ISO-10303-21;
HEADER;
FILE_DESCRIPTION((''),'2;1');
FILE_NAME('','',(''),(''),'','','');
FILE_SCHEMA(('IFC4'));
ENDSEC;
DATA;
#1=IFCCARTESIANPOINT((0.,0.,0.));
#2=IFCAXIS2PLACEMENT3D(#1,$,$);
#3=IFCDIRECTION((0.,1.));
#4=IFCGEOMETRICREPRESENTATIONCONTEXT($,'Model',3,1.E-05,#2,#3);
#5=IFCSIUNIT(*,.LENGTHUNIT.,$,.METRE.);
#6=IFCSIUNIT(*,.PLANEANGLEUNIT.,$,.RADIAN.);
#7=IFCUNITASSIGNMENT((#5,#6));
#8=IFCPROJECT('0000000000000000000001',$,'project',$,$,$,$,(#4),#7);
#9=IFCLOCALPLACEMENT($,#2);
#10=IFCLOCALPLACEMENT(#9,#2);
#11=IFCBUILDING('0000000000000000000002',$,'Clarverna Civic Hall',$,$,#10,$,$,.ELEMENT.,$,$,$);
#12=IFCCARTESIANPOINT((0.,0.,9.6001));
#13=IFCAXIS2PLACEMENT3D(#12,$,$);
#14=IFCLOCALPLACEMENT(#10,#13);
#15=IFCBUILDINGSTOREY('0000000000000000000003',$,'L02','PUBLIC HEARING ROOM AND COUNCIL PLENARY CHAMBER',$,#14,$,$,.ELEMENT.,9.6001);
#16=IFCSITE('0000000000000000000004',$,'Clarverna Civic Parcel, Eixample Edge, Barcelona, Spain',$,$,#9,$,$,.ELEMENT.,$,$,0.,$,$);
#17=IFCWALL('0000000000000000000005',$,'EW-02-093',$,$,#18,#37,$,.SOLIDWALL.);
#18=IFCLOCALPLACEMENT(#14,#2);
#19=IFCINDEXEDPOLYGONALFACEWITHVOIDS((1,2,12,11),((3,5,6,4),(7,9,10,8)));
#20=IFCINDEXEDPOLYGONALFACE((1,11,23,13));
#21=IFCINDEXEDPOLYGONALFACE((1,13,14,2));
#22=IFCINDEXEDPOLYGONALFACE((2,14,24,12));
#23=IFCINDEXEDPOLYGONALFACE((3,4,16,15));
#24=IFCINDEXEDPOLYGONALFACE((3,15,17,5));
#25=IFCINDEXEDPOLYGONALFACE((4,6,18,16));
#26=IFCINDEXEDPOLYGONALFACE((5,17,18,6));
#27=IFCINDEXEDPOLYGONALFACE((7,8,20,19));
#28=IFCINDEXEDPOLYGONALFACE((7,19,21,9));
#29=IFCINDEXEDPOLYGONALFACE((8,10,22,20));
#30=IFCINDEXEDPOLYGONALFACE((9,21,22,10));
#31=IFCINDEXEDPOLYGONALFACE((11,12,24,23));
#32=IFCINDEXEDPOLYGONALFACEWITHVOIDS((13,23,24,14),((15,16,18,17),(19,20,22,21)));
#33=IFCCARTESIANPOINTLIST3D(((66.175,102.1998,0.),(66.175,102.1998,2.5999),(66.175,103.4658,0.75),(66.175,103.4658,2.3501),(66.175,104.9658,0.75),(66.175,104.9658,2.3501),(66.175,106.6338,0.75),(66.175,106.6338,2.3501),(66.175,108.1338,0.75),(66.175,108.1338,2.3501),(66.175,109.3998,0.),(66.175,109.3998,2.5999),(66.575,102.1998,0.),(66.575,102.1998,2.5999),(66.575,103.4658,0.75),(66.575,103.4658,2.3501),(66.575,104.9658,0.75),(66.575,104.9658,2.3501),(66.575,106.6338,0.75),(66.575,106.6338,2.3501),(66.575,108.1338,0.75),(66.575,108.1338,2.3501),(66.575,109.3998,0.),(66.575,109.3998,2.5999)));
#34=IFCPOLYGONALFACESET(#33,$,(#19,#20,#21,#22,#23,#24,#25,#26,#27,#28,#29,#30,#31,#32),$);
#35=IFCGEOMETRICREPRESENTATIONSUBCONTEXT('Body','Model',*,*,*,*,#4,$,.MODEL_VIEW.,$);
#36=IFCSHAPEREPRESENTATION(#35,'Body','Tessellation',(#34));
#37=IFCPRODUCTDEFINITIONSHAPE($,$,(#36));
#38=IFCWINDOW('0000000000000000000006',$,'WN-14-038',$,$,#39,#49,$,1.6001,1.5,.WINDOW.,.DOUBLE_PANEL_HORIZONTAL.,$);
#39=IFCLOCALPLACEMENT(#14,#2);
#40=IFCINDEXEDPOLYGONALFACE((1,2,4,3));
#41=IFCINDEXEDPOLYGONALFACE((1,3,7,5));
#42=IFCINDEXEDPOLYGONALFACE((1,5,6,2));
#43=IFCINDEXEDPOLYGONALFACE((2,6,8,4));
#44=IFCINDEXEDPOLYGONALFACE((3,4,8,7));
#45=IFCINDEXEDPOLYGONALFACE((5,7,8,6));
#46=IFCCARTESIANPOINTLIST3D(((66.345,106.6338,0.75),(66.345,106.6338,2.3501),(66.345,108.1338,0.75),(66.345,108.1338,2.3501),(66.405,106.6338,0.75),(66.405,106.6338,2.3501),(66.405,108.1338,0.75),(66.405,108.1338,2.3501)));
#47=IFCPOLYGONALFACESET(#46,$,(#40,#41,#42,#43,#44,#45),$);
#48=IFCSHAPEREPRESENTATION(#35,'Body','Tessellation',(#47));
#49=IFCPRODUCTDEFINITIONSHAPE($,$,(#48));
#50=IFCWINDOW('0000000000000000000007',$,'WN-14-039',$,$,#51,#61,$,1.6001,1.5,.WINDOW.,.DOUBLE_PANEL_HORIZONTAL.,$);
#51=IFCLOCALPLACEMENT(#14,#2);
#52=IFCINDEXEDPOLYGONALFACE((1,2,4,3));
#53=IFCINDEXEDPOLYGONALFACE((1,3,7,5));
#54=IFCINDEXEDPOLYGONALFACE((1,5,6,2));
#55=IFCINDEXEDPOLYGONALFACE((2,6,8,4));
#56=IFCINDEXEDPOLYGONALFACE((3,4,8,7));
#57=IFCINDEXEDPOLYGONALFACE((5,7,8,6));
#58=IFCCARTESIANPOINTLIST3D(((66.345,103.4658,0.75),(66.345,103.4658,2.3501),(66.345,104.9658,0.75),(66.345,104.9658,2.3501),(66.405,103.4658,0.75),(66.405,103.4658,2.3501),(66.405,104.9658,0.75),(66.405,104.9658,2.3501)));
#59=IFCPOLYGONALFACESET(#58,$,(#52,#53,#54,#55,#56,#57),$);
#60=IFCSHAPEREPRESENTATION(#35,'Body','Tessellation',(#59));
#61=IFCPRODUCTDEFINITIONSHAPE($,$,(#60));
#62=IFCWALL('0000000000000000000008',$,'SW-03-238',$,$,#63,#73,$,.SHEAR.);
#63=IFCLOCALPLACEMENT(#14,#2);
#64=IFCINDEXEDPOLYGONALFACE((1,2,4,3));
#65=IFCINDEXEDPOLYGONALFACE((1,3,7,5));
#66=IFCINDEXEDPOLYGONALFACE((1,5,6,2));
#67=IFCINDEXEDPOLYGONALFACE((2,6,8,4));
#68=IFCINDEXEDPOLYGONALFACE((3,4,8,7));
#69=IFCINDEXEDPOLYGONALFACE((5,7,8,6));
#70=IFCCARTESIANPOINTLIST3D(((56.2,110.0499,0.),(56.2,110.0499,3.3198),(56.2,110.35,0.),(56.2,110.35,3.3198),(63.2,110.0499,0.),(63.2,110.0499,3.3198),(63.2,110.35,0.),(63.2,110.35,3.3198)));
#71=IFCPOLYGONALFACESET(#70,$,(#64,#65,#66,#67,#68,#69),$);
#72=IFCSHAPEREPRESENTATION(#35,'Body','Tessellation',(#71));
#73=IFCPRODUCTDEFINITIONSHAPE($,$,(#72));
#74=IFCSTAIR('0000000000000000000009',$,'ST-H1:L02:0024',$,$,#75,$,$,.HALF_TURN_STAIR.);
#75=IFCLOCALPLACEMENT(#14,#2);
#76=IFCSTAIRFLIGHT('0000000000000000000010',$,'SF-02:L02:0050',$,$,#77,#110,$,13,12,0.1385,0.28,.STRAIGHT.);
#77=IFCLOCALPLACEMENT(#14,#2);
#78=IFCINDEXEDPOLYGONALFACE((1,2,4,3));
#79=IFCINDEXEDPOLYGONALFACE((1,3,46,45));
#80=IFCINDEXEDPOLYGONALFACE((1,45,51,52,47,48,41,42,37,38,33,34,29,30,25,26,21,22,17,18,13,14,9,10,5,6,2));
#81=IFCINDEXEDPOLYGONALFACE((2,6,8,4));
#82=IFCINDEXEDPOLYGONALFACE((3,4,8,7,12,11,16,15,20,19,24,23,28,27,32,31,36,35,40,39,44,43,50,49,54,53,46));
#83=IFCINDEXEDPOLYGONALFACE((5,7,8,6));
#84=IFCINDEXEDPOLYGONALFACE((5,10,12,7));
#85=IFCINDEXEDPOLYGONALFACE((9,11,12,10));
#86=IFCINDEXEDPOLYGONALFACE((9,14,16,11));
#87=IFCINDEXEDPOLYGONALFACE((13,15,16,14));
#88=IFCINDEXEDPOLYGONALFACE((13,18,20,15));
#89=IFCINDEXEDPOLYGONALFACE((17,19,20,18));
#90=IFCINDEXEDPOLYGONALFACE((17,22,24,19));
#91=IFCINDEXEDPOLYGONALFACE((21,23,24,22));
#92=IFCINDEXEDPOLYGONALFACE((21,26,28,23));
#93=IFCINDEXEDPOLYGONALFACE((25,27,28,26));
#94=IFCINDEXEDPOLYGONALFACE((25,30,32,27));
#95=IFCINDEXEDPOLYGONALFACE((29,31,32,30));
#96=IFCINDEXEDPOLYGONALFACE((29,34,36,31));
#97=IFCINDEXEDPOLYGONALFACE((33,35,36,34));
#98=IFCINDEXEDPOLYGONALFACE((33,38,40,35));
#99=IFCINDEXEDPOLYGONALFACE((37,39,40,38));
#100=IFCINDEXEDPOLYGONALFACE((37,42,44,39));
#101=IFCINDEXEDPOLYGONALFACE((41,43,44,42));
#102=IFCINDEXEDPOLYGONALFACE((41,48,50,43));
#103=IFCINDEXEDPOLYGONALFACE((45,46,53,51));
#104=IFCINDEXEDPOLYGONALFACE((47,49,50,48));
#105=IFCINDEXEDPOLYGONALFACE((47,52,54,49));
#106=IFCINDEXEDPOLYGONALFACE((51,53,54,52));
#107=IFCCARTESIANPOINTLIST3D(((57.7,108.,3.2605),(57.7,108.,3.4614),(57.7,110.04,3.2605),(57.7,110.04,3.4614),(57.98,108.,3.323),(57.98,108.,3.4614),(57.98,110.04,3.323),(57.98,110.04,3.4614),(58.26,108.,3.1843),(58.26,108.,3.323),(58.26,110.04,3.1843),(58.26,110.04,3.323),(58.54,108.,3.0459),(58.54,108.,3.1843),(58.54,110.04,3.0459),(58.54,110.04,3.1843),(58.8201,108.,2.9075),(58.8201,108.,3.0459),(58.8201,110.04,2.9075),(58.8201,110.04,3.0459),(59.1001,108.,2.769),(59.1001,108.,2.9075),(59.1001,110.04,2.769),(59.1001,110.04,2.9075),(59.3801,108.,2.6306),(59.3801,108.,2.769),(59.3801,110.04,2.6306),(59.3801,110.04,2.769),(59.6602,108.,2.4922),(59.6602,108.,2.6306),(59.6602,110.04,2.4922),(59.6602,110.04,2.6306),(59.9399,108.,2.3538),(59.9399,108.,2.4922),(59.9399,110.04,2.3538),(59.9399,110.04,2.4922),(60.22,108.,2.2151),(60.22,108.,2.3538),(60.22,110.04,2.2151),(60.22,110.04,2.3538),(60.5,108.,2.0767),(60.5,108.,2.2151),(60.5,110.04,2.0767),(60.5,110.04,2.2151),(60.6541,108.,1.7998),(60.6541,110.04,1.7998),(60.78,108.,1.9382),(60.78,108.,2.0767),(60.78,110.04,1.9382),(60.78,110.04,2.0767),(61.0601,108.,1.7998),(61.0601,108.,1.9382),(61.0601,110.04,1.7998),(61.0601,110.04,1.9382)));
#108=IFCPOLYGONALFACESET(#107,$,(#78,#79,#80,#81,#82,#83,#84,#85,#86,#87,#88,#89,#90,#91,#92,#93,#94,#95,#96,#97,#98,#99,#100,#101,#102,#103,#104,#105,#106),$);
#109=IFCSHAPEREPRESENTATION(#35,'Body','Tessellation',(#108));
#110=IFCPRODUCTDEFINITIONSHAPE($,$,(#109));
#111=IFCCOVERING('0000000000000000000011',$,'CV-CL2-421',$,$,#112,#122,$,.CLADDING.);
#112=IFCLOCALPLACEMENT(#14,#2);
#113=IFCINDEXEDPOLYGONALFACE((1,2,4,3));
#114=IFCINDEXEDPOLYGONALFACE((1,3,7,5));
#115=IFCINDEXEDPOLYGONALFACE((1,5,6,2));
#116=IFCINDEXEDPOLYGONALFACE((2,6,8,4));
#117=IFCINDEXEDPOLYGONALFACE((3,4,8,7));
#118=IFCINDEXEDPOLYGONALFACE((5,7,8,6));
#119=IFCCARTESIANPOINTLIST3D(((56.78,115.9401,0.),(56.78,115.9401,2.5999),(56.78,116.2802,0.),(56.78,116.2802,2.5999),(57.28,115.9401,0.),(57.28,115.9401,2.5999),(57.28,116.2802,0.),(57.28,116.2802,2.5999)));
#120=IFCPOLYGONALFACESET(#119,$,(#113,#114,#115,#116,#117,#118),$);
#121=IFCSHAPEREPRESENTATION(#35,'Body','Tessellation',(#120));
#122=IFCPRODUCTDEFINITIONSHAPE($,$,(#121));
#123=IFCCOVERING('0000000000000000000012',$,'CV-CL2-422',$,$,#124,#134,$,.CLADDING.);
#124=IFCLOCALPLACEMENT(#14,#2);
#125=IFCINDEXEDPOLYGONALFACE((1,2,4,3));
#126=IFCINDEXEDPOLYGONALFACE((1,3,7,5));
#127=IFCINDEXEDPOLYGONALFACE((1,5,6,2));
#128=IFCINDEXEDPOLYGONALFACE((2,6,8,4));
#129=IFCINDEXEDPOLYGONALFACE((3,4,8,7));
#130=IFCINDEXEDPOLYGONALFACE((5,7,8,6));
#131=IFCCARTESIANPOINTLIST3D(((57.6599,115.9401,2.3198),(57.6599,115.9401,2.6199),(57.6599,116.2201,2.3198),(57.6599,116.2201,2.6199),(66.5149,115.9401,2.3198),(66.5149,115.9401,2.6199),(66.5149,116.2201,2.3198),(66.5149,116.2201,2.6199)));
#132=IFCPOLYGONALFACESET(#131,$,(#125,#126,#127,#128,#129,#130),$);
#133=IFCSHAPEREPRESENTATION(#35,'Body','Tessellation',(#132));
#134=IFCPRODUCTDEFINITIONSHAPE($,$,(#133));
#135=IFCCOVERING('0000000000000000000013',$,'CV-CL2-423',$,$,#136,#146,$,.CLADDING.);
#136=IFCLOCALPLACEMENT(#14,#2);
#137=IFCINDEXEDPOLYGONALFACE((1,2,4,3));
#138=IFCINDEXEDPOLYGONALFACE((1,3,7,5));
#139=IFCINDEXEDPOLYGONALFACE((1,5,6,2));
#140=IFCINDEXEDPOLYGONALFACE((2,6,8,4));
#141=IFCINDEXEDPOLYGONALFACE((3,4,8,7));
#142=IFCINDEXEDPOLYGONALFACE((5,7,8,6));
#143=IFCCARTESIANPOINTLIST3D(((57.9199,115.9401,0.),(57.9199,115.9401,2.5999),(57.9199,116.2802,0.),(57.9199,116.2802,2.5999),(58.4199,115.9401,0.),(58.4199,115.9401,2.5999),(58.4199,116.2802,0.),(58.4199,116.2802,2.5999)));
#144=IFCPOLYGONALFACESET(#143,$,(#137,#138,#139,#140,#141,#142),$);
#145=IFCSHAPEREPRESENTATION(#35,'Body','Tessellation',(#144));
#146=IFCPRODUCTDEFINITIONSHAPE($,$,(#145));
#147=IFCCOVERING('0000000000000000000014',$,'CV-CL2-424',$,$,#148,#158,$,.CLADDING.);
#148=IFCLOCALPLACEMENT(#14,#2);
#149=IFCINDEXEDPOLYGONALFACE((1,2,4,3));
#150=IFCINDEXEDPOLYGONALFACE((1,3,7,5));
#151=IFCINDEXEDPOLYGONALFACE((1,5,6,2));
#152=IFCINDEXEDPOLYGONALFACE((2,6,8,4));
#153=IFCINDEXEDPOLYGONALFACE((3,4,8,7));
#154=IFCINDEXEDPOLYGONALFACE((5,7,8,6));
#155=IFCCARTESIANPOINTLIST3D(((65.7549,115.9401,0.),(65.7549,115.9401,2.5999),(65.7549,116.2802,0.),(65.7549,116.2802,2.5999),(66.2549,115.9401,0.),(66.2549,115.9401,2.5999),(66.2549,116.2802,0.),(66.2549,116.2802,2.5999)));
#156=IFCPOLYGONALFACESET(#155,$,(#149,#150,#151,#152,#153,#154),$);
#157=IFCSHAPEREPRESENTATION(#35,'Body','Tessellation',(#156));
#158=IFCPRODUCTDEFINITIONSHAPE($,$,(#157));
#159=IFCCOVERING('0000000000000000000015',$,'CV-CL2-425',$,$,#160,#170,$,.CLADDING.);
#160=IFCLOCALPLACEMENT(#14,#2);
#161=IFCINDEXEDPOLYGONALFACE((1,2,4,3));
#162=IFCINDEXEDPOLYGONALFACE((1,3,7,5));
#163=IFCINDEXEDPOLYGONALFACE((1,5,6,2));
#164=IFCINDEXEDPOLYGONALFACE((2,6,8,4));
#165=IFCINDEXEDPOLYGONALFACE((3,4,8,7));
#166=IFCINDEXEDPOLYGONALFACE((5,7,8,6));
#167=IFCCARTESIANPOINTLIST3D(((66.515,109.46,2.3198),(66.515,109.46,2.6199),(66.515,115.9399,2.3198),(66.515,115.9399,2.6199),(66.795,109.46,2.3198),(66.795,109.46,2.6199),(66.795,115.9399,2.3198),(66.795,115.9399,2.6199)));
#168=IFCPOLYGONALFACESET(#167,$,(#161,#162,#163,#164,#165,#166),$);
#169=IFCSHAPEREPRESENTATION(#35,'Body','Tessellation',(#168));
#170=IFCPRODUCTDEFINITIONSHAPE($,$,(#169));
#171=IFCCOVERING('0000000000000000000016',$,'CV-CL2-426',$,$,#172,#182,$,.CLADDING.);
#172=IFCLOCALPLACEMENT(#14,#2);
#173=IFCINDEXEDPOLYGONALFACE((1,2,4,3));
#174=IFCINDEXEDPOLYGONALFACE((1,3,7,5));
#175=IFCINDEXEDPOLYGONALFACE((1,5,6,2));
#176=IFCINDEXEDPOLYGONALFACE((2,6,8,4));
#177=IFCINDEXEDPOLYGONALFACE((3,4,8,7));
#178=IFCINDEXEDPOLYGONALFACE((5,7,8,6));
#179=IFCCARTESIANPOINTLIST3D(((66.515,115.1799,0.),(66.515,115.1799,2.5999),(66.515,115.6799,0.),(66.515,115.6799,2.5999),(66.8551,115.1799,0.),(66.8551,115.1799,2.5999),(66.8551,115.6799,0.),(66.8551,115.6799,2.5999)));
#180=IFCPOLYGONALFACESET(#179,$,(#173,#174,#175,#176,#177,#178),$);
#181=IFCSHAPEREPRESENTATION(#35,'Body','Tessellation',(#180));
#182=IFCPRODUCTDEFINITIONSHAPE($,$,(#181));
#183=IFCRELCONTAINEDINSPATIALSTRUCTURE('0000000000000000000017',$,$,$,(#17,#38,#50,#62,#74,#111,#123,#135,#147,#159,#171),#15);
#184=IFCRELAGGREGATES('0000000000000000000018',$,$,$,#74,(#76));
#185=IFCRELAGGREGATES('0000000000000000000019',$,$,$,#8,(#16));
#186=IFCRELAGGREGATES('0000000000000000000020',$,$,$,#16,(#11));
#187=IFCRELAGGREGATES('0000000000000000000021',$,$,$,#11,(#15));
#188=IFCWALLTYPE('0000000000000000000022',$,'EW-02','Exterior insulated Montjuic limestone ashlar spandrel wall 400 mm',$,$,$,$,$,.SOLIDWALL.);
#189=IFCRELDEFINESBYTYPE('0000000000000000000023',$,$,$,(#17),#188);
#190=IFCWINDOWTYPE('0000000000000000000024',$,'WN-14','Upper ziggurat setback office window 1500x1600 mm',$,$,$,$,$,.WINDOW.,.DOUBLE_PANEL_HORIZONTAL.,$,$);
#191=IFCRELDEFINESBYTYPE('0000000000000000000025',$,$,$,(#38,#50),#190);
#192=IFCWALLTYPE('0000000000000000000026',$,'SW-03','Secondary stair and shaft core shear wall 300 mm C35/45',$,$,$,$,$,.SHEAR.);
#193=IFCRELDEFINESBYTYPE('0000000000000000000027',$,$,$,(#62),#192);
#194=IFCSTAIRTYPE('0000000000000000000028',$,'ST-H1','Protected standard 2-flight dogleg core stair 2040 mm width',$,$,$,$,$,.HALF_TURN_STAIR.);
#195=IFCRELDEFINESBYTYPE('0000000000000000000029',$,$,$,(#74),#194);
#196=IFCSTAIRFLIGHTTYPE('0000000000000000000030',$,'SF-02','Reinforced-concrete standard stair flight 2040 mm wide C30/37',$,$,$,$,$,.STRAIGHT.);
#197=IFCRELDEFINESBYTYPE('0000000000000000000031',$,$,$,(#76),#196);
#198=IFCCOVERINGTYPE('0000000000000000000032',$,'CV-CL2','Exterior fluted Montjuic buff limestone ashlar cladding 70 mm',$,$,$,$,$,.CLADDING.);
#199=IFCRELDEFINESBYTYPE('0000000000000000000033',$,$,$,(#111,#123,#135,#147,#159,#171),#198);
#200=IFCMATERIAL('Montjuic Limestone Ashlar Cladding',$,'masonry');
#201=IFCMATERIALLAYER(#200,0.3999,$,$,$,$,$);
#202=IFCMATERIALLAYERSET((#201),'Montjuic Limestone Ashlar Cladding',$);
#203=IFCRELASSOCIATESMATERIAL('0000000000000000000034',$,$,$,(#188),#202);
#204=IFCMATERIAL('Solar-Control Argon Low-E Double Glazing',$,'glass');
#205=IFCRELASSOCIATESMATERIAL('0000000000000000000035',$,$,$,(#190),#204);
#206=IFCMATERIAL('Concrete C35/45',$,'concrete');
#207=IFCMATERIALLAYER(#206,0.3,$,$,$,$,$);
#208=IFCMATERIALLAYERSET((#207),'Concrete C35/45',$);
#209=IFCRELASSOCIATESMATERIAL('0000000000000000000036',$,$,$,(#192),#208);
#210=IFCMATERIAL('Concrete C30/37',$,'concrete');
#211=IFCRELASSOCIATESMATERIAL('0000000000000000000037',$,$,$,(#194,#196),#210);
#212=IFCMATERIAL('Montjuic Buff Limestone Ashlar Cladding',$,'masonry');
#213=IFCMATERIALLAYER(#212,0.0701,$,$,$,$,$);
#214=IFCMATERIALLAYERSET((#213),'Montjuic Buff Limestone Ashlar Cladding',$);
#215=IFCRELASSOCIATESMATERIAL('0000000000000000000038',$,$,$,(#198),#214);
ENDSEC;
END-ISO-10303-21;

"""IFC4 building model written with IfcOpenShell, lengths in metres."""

from ifc_helpers import new_model, si_unit, direction, frame, frame_2d, origin, place, context, subcontext, project, spatial, polyline, rectangle, outline, extrude, material, layer, layer_set, type_object, element, fill, aggregate, save


model = new_model("IFC4")

# Units and contexts
model_context = context("Model", 3, precision=1e-05, world=origin(), true_north=direction((0.0, 1.0)))
body_context = subcontext(model_context, "Body", "Model", "MODEL_VIEW")
ifc_project = project(units=[si_unit("LENGTHUNIT", "METRE"), si_unit("PLANEANGLEUNIT", "RADIAN")], contexts=[model_context])

# Site, building, storey
site_placement = place(None, origin())
site = spatial("IfcSite", under=ifc_project, at=site_placement, Name="Clarverna Civic Parcel, Eixample Edge, Barcelona, Spain", CompositionType="ELEMENT", RefElevation=0.0)
building_placement = place(site_placement, origin())
building = spatial("IfcBuilding", under=site, at=building_placement, Name="Clarverna Civic Hall", CompositionType="ELEMENT")
storey_placement = place(building_placement, frame((0.0, 0.0, 9.6001)))
storey = spatial("IfcBuildingStorey", under=building, at=storey_placement, Name="L02", Description="PUBLIC HEARING ROOM AND COUNCIL PLENARY CHAMBER", CompositionType="ELEMENT", Elevation=9.6001)

# Shared definitions
ifc_material_1 = material(Name="Concrete C35/45", Category="concrete")

# Wall, openings, windows
ifc_material_2 = material(Name="Montjuic Limestone Ashlar Cladding", Category="masonry")
ifc_layer_1 = layer(ifc_material_2, 0.3999)
ifc_layer_set_1 = layer_set([ifc_layer_1], Name="Montjuic Limestone Ashlar Cladding")
wall_type_1 = type_object("IfcWallType", Name="EW-02", Description="Exterior insulated Montjuic limestone ashlar spandrel wall 400 mm", PredefinedType="SOLIDWALL", material=ifc_layer_set_1)
ifc_material_3 = material(Name="Solar-Control Argon Low-E Double Glazing", Category="glass")
window_type = type_object("IfcWindowType", Name="WN-14", Description="Upper ziggurat setback office window 1500x1600 mm", PartitioningType="DOUBLE_PANEL_HORIZONTAL", PredefinedType="WINDOW", material=ifc_material_3)
wall_1_placement = place(storey_placement, frame((66.375, 109.3999, 0.0), z_axis=(0.0, 0.0, 1.0), x_axis=(0.0, -1.0, 0.0)))
wall_1 = element("IfcWall", 1, at=wall_1_placement, inside=storey, type_object=wall_type_1, Name="EW-02-093", PredefinedType="SOLIDWALL", context=body_context, shape_type="SweptSolid", body=[
    extrude(rectangle(XDim=7.2, YDim=0.3999, at=frame_2d((3.6001, 0.0))), origin(), (0.0, 0.0, 1.0), 2.5999),
])
opening_1_placement = place(wall_1_placement, frame((1.2661, 0.0, 0.75)))
opening_1 = element("IfcOpeningElement", 2, at=opening_1_placement, cuts=wall_1, PredefinedType="OPENING", context=body_context, shape_type="SweptSolid", body=[
    extrude(rectangle(XDim=1.5, YDim=1.6001, at=frame_2d((0.75, 0.8))), frame((0.0, 0.21, 0.0), z_axis=(0.0, -1.0, 0.0), x_axis=(1.0, 0.0, 0.0)), (0.0, 0.0, 1.0), 0.4199),
])
opening_2_placement = place(wall_1_placement, frame((4.4341, 0.0, 0.75)))
opening_2 = element("IfcOpeningElement", 3, at=opening_2_placement, cuts=wall_1, PredefinedType="OPENING", context=body_context, shape_type="SweptSolid", body=[
    extrude(rectangle(XDim=1.5, YDim=1.6001, at=frame_2d((0.75, 0.8))), frame((0.0, 0.21, 0.0), z_axis=(0.0, -1.0, 0.0), x_axis=(1.0, 0.0, 0.0)), (0.0, 0.0, 1.0), 0.4199),
])
window_1_placement = place(opening_1_placement, origin())
window_1 = element("IfcWindow", 4, at=window_1_placement, inside=storey, type_object=window_type, Name="WN-14-038", OverallHeight=1.6001, OverallWidth=1.5, PartitioningType="DOUBLE_PANEL_HORIZONTAL", PredefinedType="WINDOW", context=body_context, shape_type="SweptSolid", body=[
    extrude(rectangle(XDim=1.5, YDim=1.6001, at=frame_2d((0.75, 0.8))), frame((0.0, 0.03, 0.0), z_axis=(0.0, -1.0, 0.0), x_axis=(1.0, 0.0, 0.0)), (0.0, 0.0, 1.0), 0.0601),
])
fill(opening_1, window_1)
window_2_placement = place(opening_2_placement, origin())
window_2 = element("IfcWindow", 5, at=window_2_placement, inside=storey, type_object=window_type, Name="WN-14-039", OverallHeight=1.6001, OverallWidth=1.5, PartitioningType="DOUBLE_PANEL_HORIZONTAL", PredefinedType="WINDOW", context=body_context, shape_type="SweptSolid", body=[
    extrude(rectangle(XDim=1.5, YDim=1.6001, at=frame_2d((0.75, 0.8))), frame((0.0, 0.03, 0.0), z_axis=(0.0, -1.0, 0.0), x_axis=(1.0, 0.0, 0.0)), (0.0, 0.0, 1.0), 0.0601),
])
fill(opening_2, window_2)

# Wall
ifc_layer_2 = layer(ifc_material_1, 0.3)
ifc_layer_set_2 = layer_set([ifc_layer_2], Name="Concrete C35/45")
wall_type_2 = type_object("IfcWallType", Name="SW-03", Description="Secondary stair and shaft core shear wall 300 mm C35/45", PredefinedType="SHEAR", material=ifc_layer_set_2)
wall_2_placement = place(storey_placement, frame((56.2, 110.2, 0.0), z_axis=(0.0, 0.0, 1.0), x_axis=(1.0, 0.0, 0.0)))
element("IfcWall", 6, at=wall_2_placement, inside=storey, type_object=wall_type_2, Name="SW-03-238", PredefinedType="SHEAR", context=body_context, shape_type="SweptSolid", body=[
    extrude(rectangle(XDim=7.0, YDim=0.3, at=frame_2d((3.5, 0.0))), origin(), (0.0, 0.0, 1.0), 3.3198),
])

# Stair, stair flight
ifc_material_4 = material(Name="Concrete C30/37", Category="concrete")
stair_type = type_object("IfcStairType", Name="ST-H1", Description="Protected standard 2-flight dogleg core stair 2040 mm width", PredefinedType="HALF_TURN_STAIR", material=ifc_material_4)
stair_placement = place(storey_placement, origin())
stair = element("IfcStair", 7, at=stair_placement, inside=storey, type_object=stair_type, Name="ST-H1:L02:0024", PredefinedType="HALF_TURN_STAIR")
stair_flight_type = type_object("IfcStairFlightType", Name="SF-02", Description="Reinforced-concrete standard stair flight 2040 mm wide C30/37", PredefinedType="STRAIGHT", material=ifc_material_4)
stair_flight_placement = place(storey_placement, frame((61.0601, 109.02, 1.7998), z_axis=(0.0, 0.0, 1.0), x_axis=(-1.0, 0.0, 0.0)))
stair_flight = element("IfcStairFlight", 8, at=stair_flight_placement, type_object=stair_flight_type, Name="SF-02:L02:0050", NumberOfRisers=13, NumberOfTreads=12, PredefinedType="STRAIGHT", RiserHeight=0.1385, TreadLength=0.28, context=body_context, shape_type="SweptSolid", body=[
    extrude(outline(polyline([(0.0, 0.0), (0.0, 0.1384), (0.28, 0.1384), (0.28, 0.2769), (0.5601, 0.2769), (0.5601, 0.4153), (0.8401, 0.4153), (0.8401, 0.554), (1.1201, 0.554), (1.1201, 0.6924), (1.3999, 0.6924), (1.3999, 0.8308), (1.6799, 0.8308), (1.6799, 0.9692), (1.96, 0.9692), (1.96, 1.1077), (2.24, 1.1077), (2.24, 1.2461), (2.52, 1.2461), (2.52, 1.3845), (2.8, 1.3845), (2.8, 1.5232), (3.0801, 1.5232), (3.0801, 1.6616), (3.3601, 1.6616), (3.3601, 1.8), (3.3601, 1.4607), (0.406, 0.0), (0.0, 0.0)])), frame((0.0, 1.02, 0.0), z_axis=(0.0, -1.0, 0.0), x_axis=(1.0, 0.0, 0.0)), (0.0, 0.0, 1.0), 2.04),
])
aggregate(stair, [stair_flight])

# Coverings
ifc_material_5 = material(Name="Montjuic Buff Limestone Ashlar Cladding", Category="masonry")
ifc_layer_3 = layer(ifc_material_5, 0.0701)
ifc_layer_set_3 = layer_set([ifc_layer_3], Name="Montjuic Buff Limestone Ashlar Cladding")
covering_type = type_object("IfcCoveringType", Name="CV-CL2", Description="Exterior fluted Montjuic buff limestone ashlar cladding 70 mm", PredefinedType="CLADDING", material=ifc_layer_set_3)
covering_1_placement = place(storey_placement, frame((56.78, 116.1101, 0.0), z_axis=(0.0, 0.0, 1.0), x_axis=(1.0, 0.0, 0.0)))
element("IfcCovering", 9, at=covering_1_placement, inside=storey, type_object=covering_type, Name="CV-CL2-421", PredefinedType="CLADDING", context=body_context, shape_type="SweptSolid", body=[
    extrude(rectangle(XDim=0.5, YDim=0.3401, at=frame_2d((0.25, 0.0))), origin(), (0.0, 0.0, 1.0), 2.5999),
])
covering_2_placement = place(storey_placement, frame((57.6599, 116.0801, 2.3198), z_axis=(0.0, 0.0, 1.0), x_axis=(1.0, 0.0, 0.0)))
element("IfcCovering", 10, at=covering_2_placement, inside=storey, type_object=covering_type, Name="CV-CL2-422", PredefinedType="CLADDING", context=body_context, shape_type="SweptSolid", body=[
    extrude(rectangle(XDim=8.855, YDim=0.28, at=frame_2d((4.4275, 0.0))), origin(), (0.0, 0.0, 1.0), 0.3),
])
for number, where, z_axis, x_axis, name in (
    (11, (57.9199, 116.1101, 0.0), (0.0, 0.0, 1.0), (1.0, 0.0, 0.0), "CV-CL2-423"),
    (12, (65.7549, 116.1101, 0.0), (0.0, 0.0, 1.0), (1.0, 0.0, 0.0), "CV-CL2-424"),
):
    element("IfcCovering", number, at=place(storey_placement, frame(where, z_axis=z_axis, x_axis=x_axis)), inside=storey, type_object=covering_type, Name=name, PredefinedType="CLADDING", context=body_context, shape_type="SweptSolid", body=[
        extrude(rectangle(XDim=0.5, YDim=0.3401, at=frame_2d((0.25, 0.0))), origin(), (0.0, 0.0, 1.0), 2.5999),
    ])
covering_3_placement = place(storey_placement, frame((66.655, 115.9399, 2.3198), z_axis=(0.0, 0.0, 1.0), x_axis=(0.0, -1.0, 0.0)))
element("IfcCovering", 13, at=covering_3_placement, inside=storey, type_object=covering_type, Name="CV-CL2-425", PredefinedType="CLADDING", context=body_context, shape_type="SweptSolid", body=[
    extrude(rectangle(XDim=6.48, YDim=0.28, at=frame_2d((3.24, 0.0))), origin(), (0.0, 0.0, 1.0), 0.3),
])
for number, where, z_axis, x_axis, name in (
    (14, (66.6851, 115.6799, 0.0), (0.0, 0.0, 1.0), (0.0, -1.0, 0.0), "CV-CL2-426"),
):
    element("IfcCovering", number, at=place(storey_placement, frame(where, z_axis=z_axis, x_axis=x_axis)), inside=storey, type_object=covering_type, Name=name, PredefinedType="CLADDING", context=body_context, shape_type="SweptSolid", body=[
        extrude(rectangle(XDim=0.5, YDim=0.3401, at=frame_2d((0.25, 0.0))), origin(), (0.0, 0.0, 1.0), 2.5999),
    ])

save(model, "model.ifc")
